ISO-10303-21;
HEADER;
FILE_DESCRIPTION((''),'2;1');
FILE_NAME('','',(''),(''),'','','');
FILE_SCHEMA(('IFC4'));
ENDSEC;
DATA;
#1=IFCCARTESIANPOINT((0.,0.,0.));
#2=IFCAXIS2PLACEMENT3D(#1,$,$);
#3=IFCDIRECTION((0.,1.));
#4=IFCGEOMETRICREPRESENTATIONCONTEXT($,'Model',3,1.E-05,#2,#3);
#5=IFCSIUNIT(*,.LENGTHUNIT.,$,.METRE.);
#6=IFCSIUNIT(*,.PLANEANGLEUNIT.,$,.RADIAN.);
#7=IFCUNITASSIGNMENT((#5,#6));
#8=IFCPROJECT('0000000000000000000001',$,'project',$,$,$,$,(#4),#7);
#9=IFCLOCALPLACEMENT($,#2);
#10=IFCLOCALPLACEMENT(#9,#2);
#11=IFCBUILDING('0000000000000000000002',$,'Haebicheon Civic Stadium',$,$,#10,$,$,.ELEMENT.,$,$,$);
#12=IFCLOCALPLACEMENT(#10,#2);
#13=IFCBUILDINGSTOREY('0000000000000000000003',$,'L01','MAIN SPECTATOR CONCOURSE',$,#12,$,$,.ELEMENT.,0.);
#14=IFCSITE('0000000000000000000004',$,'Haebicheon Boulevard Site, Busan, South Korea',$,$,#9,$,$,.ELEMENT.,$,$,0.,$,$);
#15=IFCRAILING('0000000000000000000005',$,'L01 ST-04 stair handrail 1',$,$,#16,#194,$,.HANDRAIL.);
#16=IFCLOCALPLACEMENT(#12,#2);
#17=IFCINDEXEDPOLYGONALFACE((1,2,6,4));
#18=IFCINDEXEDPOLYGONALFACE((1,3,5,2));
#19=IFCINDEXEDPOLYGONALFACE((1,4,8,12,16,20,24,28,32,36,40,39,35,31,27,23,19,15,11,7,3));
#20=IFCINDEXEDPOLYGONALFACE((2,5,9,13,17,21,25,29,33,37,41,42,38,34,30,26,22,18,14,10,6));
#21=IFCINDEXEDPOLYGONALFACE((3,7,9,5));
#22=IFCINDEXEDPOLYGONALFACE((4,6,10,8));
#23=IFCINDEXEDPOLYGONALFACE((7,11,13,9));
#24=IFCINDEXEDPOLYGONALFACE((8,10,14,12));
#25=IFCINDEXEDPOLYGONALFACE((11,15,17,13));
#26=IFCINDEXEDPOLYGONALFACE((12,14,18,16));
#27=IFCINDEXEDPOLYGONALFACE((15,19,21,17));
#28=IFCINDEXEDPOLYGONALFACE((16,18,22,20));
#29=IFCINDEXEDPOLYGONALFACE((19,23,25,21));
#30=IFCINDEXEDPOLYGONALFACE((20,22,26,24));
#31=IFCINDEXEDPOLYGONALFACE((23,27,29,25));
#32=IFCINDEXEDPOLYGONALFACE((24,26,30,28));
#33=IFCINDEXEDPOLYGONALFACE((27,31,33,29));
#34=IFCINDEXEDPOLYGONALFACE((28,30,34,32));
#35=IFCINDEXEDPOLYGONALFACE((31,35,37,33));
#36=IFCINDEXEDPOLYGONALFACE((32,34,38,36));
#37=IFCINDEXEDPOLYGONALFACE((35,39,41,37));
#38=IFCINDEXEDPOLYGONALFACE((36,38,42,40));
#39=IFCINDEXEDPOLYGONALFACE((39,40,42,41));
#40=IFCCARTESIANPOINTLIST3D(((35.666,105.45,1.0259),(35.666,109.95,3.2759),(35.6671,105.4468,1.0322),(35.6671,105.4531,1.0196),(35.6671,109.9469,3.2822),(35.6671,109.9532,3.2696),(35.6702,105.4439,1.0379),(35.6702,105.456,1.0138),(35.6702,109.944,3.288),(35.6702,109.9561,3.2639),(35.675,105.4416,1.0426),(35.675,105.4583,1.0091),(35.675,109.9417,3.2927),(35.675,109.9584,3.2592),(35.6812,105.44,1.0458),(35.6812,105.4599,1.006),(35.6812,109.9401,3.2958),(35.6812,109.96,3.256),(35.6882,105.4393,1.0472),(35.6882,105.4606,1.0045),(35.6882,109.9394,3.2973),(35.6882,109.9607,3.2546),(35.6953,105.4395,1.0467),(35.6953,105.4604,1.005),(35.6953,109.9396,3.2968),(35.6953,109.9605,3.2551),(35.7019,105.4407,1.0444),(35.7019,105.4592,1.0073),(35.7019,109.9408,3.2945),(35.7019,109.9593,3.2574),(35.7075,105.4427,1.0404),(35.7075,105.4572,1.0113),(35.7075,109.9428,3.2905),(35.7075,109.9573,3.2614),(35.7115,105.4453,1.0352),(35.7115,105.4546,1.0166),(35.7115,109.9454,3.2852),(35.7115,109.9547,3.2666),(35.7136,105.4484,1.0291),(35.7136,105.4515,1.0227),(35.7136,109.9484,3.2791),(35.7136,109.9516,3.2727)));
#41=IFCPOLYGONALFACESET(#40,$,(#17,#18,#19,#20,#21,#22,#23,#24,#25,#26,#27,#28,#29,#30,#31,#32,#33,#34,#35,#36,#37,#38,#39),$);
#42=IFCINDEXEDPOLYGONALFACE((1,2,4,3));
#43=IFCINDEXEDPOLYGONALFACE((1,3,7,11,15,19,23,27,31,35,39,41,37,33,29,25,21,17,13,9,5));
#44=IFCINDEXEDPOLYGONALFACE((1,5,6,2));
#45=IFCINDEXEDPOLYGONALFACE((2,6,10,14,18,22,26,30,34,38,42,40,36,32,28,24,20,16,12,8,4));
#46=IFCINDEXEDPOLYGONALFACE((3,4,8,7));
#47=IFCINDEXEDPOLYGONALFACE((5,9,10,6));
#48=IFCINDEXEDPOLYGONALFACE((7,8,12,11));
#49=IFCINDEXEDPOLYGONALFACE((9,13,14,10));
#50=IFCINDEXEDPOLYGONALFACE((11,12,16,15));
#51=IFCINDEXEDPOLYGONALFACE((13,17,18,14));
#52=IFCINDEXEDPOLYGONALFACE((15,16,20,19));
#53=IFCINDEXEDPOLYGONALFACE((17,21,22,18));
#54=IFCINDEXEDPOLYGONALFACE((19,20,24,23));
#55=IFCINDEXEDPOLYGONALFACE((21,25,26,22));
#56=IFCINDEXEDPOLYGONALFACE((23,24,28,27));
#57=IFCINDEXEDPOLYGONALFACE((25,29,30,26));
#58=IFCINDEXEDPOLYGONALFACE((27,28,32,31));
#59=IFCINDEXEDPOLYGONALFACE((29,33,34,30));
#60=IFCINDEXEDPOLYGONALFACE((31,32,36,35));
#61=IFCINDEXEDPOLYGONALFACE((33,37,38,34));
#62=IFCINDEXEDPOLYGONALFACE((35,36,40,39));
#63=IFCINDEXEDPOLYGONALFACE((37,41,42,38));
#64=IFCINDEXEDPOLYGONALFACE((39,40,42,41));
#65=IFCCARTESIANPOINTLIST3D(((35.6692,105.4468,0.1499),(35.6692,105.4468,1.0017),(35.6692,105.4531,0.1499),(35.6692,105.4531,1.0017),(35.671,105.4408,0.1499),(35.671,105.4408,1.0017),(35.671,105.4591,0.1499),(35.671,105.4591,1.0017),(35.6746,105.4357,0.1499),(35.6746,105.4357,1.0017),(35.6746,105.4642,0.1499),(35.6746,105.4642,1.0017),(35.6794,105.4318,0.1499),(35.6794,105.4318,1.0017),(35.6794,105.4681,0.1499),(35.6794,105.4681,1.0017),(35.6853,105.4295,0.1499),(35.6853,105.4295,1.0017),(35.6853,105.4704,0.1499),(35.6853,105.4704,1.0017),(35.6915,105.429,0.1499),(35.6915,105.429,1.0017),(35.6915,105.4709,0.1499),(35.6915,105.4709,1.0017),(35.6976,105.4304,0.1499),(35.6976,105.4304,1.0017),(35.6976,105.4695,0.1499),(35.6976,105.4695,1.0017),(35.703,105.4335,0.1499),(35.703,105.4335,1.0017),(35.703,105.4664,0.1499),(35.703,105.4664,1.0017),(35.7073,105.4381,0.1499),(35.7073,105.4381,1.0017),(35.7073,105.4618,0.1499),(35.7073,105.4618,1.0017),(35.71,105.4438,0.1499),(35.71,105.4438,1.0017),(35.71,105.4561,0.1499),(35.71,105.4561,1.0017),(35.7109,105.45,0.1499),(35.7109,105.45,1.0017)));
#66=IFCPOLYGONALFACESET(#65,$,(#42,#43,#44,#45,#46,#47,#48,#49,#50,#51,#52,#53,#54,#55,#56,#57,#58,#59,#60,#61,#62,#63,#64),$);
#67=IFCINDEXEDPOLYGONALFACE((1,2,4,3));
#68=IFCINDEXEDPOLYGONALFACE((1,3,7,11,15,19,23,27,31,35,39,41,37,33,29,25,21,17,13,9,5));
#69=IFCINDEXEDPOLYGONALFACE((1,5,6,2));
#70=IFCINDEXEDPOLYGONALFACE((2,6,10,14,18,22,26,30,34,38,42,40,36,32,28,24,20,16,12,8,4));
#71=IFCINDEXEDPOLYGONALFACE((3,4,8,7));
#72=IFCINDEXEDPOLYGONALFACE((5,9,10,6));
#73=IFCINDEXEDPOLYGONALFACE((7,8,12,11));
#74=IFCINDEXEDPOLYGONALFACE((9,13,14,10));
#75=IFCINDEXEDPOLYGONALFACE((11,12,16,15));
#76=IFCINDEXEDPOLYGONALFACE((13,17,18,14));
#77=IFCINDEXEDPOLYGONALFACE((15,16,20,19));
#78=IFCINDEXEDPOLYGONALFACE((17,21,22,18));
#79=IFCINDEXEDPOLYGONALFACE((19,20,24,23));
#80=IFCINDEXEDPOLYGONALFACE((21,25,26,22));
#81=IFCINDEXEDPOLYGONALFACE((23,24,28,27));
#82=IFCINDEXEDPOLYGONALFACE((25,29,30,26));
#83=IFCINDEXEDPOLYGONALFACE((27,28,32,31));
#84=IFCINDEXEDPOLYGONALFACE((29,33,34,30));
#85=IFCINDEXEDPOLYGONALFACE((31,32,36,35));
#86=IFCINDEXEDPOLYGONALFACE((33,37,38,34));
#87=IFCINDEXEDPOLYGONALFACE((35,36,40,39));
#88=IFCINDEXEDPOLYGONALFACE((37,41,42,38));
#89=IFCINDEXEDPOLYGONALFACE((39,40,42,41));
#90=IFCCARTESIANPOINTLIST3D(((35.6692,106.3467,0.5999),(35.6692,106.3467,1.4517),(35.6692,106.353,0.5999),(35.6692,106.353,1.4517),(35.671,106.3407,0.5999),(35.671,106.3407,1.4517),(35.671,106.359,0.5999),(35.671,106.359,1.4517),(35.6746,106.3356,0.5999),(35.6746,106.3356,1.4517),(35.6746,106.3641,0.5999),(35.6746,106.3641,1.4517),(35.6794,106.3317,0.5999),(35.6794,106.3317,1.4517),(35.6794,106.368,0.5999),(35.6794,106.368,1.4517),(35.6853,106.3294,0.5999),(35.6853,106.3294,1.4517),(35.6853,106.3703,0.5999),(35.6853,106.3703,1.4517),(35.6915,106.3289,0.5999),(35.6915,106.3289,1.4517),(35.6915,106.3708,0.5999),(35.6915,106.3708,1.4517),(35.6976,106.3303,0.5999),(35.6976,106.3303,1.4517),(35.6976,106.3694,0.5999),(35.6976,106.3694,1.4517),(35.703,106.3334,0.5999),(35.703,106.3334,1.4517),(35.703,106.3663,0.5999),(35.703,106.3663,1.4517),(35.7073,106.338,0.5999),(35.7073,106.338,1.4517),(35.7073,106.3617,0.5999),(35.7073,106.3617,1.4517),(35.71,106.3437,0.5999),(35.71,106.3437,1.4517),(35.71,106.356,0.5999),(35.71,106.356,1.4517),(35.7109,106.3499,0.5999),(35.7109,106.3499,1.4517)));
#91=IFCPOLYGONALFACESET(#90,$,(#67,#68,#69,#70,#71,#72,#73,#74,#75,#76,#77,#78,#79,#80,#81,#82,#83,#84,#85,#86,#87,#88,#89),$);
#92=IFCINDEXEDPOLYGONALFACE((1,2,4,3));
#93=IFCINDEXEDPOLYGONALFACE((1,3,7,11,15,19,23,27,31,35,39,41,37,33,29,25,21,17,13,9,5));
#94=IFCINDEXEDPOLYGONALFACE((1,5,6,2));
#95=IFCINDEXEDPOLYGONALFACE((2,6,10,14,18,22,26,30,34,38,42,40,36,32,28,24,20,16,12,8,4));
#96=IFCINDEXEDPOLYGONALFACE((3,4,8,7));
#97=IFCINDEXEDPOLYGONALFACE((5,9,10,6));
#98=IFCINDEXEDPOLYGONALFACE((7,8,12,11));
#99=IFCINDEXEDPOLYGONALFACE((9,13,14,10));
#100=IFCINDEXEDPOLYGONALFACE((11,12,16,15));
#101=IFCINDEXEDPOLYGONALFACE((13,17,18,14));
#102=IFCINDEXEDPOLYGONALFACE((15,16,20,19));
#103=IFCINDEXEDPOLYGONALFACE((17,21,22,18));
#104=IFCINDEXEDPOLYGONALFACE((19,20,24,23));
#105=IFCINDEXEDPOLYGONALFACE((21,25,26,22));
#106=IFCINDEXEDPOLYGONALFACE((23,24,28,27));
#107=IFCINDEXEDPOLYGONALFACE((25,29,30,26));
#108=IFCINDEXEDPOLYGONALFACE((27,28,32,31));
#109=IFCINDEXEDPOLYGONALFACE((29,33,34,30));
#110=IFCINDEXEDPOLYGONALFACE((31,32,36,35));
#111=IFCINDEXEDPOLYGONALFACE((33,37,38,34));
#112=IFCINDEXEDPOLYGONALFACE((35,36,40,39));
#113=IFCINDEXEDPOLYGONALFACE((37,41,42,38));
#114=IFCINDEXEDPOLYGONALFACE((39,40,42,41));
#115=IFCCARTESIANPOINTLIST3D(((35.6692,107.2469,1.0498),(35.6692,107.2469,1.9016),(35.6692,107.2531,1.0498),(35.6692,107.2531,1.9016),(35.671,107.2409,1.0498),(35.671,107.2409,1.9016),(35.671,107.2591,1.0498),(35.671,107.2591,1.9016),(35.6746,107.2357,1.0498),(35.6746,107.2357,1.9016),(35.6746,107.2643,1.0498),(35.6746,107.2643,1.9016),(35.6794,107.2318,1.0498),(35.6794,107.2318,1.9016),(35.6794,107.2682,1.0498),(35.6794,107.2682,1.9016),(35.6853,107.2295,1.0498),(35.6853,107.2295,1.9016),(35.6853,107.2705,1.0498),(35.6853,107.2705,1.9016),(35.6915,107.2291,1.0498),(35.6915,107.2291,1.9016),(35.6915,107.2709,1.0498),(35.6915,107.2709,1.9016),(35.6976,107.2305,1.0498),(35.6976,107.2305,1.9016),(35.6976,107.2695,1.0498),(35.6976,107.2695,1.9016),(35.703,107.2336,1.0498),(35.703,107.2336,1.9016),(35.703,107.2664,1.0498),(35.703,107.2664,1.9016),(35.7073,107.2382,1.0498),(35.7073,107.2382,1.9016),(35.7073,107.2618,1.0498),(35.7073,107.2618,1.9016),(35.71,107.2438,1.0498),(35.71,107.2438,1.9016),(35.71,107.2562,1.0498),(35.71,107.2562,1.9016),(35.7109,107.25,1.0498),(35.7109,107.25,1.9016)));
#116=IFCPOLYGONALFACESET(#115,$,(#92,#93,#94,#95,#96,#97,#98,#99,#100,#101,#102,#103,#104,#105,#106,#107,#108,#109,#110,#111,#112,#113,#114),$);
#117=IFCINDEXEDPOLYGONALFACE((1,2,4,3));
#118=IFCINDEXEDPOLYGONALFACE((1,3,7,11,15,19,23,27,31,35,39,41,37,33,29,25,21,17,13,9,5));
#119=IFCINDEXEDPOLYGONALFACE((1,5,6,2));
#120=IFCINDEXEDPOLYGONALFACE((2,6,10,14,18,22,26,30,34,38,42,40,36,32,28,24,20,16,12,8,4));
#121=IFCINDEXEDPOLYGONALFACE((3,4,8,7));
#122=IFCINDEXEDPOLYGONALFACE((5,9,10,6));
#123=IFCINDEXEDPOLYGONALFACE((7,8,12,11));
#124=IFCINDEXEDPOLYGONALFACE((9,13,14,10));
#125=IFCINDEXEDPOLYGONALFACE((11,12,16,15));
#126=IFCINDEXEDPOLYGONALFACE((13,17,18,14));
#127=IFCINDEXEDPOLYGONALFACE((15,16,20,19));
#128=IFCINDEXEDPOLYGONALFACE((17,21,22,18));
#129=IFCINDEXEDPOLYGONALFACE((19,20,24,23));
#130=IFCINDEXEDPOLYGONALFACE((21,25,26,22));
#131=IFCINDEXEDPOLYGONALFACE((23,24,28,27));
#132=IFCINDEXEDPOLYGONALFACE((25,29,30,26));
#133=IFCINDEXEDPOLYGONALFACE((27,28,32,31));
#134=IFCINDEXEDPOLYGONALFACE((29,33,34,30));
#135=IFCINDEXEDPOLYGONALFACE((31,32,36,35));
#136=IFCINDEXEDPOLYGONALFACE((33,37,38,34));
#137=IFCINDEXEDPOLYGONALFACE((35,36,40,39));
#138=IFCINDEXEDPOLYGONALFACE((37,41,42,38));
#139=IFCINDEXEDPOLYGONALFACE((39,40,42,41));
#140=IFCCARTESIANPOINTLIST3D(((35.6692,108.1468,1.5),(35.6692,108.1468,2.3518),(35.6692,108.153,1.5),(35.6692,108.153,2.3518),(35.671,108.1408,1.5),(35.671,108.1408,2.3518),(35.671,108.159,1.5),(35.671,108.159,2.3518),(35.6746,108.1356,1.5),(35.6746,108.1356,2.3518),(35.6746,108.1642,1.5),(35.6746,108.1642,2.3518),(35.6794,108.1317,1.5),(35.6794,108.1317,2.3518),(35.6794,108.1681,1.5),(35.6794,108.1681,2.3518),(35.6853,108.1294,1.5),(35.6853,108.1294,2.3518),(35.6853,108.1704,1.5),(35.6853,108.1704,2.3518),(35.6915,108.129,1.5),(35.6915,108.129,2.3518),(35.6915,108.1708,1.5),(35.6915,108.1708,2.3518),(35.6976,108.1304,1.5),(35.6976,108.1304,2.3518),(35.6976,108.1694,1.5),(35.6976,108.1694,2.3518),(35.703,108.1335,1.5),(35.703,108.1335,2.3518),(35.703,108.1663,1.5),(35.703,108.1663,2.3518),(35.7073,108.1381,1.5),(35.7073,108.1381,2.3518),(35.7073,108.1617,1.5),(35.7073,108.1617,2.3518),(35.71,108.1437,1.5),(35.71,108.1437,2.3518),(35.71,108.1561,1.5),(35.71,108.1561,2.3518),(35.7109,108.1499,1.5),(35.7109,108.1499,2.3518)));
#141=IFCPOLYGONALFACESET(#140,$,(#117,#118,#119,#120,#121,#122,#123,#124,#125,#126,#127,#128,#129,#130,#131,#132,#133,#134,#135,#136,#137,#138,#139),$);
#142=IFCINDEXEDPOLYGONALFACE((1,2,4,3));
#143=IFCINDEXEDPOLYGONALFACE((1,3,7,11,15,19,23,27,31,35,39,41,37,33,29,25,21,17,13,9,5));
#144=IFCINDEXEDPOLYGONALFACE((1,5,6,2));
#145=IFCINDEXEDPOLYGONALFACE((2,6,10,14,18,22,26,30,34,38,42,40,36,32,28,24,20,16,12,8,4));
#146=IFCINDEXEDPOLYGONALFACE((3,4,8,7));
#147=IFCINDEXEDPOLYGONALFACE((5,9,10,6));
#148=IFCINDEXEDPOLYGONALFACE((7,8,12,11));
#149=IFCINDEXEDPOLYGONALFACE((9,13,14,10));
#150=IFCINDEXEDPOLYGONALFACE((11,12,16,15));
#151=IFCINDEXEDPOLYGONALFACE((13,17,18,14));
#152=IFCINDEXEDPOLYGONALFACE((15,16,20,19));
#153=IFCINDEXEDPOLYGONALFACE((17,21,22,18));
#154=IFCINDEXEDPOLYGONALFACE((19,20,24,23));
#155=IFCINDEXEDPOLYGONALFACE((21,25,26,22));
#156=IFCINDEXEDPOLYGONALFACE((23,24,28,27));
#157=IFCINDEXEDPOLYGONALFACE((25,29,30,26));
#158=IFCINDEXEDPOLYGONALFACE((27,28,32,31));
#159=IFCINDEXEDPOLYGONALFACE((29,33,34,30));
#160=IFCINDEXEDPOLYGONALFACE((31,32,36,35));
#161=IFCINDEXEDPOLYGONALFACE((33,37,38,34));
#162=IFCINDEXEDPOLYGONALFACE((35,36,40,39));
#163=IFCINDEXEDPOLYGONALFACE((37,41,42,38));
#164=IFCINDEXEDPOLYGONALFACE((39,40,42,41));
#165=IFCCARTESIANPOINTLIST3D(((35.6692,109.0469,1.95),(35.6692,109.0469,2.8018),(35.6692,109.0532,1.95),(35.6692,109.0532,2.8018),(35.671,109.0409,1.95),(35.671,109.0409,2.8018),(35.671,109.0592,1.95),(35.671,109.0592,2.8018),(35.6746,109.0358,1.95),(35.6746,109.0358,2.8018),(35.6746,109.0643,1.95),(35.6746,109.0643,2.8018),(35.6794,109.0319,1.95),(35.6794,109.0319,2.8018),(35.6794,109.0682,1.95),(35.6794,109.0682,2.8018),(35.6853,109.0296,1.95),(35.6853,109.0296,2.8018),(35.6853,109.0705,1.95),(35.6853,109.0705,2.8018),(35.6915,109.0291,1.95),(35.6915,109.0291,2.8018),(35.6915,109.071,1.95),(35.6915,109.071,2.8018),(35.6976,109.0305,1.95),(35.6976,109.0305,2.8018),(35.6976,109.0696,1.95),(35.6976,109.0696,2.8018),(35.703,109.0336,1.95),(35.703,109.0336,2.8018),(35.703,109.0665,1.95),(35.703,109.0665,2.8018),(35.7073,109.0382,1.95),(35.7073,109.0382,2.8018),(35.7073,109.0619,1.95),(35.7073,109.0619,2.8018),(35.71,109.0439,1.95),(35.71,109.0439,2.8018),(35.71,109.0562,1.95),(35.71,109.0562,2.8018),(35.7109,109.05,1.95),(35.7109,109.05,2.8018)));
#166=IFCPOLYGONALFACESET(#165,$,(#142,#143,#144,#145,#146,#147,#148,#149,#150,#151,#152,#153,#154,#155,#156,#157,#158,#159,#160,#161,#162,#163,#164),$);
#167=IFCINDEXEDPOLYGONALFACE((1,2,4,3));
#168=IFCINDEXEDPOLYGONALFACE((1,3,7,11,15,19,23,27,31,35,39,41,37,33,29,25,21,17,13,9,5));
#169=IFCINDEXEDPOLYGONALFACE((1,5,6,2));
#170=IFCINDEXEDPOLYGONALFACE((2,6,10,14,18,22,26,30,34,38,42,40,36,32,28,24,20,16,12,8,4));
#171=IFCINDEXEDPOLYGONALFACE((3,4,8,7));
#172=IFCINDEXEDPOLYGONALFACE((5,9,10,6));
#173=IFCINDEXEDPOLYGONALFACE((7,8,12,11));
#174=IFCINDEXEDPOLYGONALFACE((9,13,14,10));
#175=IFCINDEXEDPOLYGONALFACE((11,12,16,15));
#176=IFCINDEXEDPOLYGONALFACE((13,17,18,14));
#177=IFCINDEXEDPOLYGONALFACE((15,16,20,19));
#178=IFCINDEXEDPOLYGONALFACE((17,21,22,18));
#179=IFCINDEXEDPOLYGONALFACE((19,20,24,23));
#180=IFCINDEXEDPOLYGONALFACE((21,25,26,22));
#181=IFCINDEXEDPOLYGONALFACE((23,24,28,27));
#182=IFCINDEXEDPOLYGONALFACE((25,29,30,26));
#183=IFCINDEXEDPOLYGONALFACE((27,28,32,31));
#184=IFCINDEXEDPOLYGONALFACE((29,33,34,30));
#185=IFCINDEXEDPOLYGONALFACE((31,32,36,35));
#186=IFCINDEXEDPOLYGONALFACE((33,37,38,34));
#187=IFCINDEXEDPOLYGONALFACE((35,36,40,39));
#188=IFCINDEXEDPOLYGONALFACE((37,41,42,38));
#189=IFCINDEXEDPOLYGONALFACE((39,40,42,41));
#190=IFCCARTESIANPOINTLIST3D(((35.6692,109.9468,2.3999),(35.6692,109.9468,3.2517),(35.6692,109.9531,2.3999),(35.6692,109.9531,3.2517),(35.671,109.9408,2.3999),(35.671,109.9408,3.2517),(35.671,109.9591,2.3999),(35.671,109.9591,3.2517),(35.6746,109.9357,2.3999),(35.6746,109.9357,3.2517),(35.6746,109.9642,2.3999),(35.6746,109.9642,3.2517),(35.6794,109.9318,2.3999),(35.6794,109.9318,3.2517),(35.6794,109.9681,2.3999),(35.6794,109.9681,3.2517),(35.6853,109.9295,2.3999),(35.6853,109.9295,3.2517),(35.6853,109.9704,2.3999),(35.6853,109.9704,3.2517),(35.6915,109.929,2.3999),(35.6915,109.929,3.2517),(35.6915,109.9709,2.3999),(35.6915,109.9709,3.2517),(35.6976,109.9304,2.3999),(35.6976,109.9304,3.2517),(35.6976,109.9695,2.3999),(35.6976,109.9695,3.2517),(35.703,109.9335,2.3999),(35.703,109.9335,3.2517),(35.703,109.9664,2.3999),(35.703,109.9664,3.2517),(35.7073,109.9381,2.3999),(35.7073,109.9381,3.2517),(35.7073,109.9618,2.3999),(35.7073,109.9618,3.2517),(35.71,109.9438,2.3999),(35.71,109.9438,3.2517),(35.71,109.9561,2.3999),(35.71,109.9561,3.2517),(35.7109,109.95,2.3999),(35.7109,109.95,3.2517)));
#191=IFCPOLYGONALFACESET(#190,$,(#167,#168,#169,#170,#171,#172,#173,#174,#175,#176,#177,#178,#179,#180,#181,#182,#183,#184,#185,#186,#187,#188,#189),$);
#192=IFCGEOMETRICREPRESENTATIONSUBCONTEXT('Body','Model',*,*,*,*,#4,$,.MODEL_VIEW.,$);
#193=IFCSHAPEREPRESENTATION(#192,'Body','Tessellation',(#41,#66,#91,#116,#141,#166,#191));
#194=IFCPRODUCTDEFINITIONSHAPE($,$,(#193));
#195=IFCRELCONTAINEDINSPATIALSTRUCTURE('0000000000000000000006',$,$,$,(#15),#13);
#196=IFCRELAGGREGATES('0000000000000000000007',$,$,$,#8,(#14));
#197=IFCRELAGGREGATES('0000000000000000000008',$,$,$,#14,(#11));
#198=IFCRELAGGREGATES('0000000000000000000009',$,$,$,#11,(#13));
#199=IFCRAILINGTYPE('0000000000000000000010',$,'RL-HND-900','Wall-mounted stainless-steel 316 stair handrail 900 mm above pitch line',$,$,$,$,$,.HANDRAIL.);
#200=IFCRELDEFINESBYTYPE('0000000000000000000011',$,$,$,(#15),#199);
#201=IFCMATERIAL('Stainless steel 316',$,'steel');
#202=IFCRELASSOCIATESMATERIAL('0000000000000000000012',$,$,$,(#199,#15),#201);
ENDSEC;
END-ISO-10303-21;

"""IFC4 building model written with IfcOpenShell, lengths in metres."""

from ifc_helpers import new_model, si_unit, direction, frame, origin, origin_2d, place, context, subcontext, project, spatial, circle, extrude, material, type_object, element, save


model = new_model("IFC4")

# Units and contexts
model_context = context("Model", 3, precision=1e-05, world=origin(), true_north=direction((0.0, 1.0)))
body_context = subcontext(model_context, "Body", "Model", "MODEL_VIEW")
ifc_project = project(units=[si_unit("LENGTHUNIT", "METRE"), si_unit("PLANEANGLEUNIT", "RADIAN")], contexts=[model_context])

# Site, building, storey
site_placement = place(None, origin())
site = spatial("IfcSite", under=ifc_project, at=site_placement, Name="Haebicheon Boulevard Site, Busan, South Korea", CompositionType="ELEMENT", RefElevation=0.0)
building_placement = place(site_placement, origin())
building = spatial("IfcBuilding", under=site, at=building_placement, Name="Haebicheon Civic Stadium", CompositionType="ELEMENT")
storey_placement = place(building_placement, origin())
storey = spatial("IfcBuildingStorey", under=building, at=storey_placement, Name="L01", Description="MAIN SPECTATOR CONCOURSE", CompositionType="ELEMENT", Elevation=0.0)

# Railing
ifc_material_1 = material(Name="Stainless steel 316", Category="steel")
railing_type_1 = type_object("IfcRailingType", Name="RL-HND-900", Description="Wall-mounted stainless-steel 316 stair handrail 900 mm above pitch line", PredefinedType="HANDRAIL", material=ifc_material_1)
railing_1_placement = place(storey_placement, frame((35.6899, 105.45, 0.1499)))
element("IfcRailing", 1, at=railing_1_placement, inside=storey, type_object=railing_type_1, material=ifc_material_1, Name="L01 ST-04 stair handrail 1", PredefinedType="HANDRAIL", context=body_context, shape_type="SweptSolid", body=[
    extrude(circle(Radius=0.0239, at=origin_2d()), frame((0.0, 0.0, 0.876), z_axis=(0.0, 0.894427, 0.447214), x_axis=(-1.0, 0.0, 0.0)), (0.0, 0.0, 1.0), 5.0312),
    extrude(circle(Radius=0.021, at=origin_2d()), origin(), (0.0, 0.0, 1.0), 0.8518),
    extrude(circle(Radius=0.021, at=origin_2d()), frame((0.0, 0.8999, 0.45)), (0.0, 0.0, 1.0), 0.8518),
    extrude(circle(Radius=0.021, at=origin_2d()), frame((0.0, 1.8, 0.8999)), (0.0, 0.0, 1.0), 0.8518),
    extrude(circle(Radius=0.021, at=origin_2d()), frame((0.0, 2.7, 1.3501)), (0.0, 0.0, 1.0), 0.8518),
    extrude(circle(Radius=0.021, at=origin_2d()), frame((0.0, 3.6001, 1.8)), (0.0, 0.0, 1.0), 0.8518),
    extrude(circle(Radius=0.021, at=origin_2d()), frame((0.0, 4.5, 2.25)), (0.0, 0.0, 1.0), 0.8518),
])

save(model, "model.ifc")
